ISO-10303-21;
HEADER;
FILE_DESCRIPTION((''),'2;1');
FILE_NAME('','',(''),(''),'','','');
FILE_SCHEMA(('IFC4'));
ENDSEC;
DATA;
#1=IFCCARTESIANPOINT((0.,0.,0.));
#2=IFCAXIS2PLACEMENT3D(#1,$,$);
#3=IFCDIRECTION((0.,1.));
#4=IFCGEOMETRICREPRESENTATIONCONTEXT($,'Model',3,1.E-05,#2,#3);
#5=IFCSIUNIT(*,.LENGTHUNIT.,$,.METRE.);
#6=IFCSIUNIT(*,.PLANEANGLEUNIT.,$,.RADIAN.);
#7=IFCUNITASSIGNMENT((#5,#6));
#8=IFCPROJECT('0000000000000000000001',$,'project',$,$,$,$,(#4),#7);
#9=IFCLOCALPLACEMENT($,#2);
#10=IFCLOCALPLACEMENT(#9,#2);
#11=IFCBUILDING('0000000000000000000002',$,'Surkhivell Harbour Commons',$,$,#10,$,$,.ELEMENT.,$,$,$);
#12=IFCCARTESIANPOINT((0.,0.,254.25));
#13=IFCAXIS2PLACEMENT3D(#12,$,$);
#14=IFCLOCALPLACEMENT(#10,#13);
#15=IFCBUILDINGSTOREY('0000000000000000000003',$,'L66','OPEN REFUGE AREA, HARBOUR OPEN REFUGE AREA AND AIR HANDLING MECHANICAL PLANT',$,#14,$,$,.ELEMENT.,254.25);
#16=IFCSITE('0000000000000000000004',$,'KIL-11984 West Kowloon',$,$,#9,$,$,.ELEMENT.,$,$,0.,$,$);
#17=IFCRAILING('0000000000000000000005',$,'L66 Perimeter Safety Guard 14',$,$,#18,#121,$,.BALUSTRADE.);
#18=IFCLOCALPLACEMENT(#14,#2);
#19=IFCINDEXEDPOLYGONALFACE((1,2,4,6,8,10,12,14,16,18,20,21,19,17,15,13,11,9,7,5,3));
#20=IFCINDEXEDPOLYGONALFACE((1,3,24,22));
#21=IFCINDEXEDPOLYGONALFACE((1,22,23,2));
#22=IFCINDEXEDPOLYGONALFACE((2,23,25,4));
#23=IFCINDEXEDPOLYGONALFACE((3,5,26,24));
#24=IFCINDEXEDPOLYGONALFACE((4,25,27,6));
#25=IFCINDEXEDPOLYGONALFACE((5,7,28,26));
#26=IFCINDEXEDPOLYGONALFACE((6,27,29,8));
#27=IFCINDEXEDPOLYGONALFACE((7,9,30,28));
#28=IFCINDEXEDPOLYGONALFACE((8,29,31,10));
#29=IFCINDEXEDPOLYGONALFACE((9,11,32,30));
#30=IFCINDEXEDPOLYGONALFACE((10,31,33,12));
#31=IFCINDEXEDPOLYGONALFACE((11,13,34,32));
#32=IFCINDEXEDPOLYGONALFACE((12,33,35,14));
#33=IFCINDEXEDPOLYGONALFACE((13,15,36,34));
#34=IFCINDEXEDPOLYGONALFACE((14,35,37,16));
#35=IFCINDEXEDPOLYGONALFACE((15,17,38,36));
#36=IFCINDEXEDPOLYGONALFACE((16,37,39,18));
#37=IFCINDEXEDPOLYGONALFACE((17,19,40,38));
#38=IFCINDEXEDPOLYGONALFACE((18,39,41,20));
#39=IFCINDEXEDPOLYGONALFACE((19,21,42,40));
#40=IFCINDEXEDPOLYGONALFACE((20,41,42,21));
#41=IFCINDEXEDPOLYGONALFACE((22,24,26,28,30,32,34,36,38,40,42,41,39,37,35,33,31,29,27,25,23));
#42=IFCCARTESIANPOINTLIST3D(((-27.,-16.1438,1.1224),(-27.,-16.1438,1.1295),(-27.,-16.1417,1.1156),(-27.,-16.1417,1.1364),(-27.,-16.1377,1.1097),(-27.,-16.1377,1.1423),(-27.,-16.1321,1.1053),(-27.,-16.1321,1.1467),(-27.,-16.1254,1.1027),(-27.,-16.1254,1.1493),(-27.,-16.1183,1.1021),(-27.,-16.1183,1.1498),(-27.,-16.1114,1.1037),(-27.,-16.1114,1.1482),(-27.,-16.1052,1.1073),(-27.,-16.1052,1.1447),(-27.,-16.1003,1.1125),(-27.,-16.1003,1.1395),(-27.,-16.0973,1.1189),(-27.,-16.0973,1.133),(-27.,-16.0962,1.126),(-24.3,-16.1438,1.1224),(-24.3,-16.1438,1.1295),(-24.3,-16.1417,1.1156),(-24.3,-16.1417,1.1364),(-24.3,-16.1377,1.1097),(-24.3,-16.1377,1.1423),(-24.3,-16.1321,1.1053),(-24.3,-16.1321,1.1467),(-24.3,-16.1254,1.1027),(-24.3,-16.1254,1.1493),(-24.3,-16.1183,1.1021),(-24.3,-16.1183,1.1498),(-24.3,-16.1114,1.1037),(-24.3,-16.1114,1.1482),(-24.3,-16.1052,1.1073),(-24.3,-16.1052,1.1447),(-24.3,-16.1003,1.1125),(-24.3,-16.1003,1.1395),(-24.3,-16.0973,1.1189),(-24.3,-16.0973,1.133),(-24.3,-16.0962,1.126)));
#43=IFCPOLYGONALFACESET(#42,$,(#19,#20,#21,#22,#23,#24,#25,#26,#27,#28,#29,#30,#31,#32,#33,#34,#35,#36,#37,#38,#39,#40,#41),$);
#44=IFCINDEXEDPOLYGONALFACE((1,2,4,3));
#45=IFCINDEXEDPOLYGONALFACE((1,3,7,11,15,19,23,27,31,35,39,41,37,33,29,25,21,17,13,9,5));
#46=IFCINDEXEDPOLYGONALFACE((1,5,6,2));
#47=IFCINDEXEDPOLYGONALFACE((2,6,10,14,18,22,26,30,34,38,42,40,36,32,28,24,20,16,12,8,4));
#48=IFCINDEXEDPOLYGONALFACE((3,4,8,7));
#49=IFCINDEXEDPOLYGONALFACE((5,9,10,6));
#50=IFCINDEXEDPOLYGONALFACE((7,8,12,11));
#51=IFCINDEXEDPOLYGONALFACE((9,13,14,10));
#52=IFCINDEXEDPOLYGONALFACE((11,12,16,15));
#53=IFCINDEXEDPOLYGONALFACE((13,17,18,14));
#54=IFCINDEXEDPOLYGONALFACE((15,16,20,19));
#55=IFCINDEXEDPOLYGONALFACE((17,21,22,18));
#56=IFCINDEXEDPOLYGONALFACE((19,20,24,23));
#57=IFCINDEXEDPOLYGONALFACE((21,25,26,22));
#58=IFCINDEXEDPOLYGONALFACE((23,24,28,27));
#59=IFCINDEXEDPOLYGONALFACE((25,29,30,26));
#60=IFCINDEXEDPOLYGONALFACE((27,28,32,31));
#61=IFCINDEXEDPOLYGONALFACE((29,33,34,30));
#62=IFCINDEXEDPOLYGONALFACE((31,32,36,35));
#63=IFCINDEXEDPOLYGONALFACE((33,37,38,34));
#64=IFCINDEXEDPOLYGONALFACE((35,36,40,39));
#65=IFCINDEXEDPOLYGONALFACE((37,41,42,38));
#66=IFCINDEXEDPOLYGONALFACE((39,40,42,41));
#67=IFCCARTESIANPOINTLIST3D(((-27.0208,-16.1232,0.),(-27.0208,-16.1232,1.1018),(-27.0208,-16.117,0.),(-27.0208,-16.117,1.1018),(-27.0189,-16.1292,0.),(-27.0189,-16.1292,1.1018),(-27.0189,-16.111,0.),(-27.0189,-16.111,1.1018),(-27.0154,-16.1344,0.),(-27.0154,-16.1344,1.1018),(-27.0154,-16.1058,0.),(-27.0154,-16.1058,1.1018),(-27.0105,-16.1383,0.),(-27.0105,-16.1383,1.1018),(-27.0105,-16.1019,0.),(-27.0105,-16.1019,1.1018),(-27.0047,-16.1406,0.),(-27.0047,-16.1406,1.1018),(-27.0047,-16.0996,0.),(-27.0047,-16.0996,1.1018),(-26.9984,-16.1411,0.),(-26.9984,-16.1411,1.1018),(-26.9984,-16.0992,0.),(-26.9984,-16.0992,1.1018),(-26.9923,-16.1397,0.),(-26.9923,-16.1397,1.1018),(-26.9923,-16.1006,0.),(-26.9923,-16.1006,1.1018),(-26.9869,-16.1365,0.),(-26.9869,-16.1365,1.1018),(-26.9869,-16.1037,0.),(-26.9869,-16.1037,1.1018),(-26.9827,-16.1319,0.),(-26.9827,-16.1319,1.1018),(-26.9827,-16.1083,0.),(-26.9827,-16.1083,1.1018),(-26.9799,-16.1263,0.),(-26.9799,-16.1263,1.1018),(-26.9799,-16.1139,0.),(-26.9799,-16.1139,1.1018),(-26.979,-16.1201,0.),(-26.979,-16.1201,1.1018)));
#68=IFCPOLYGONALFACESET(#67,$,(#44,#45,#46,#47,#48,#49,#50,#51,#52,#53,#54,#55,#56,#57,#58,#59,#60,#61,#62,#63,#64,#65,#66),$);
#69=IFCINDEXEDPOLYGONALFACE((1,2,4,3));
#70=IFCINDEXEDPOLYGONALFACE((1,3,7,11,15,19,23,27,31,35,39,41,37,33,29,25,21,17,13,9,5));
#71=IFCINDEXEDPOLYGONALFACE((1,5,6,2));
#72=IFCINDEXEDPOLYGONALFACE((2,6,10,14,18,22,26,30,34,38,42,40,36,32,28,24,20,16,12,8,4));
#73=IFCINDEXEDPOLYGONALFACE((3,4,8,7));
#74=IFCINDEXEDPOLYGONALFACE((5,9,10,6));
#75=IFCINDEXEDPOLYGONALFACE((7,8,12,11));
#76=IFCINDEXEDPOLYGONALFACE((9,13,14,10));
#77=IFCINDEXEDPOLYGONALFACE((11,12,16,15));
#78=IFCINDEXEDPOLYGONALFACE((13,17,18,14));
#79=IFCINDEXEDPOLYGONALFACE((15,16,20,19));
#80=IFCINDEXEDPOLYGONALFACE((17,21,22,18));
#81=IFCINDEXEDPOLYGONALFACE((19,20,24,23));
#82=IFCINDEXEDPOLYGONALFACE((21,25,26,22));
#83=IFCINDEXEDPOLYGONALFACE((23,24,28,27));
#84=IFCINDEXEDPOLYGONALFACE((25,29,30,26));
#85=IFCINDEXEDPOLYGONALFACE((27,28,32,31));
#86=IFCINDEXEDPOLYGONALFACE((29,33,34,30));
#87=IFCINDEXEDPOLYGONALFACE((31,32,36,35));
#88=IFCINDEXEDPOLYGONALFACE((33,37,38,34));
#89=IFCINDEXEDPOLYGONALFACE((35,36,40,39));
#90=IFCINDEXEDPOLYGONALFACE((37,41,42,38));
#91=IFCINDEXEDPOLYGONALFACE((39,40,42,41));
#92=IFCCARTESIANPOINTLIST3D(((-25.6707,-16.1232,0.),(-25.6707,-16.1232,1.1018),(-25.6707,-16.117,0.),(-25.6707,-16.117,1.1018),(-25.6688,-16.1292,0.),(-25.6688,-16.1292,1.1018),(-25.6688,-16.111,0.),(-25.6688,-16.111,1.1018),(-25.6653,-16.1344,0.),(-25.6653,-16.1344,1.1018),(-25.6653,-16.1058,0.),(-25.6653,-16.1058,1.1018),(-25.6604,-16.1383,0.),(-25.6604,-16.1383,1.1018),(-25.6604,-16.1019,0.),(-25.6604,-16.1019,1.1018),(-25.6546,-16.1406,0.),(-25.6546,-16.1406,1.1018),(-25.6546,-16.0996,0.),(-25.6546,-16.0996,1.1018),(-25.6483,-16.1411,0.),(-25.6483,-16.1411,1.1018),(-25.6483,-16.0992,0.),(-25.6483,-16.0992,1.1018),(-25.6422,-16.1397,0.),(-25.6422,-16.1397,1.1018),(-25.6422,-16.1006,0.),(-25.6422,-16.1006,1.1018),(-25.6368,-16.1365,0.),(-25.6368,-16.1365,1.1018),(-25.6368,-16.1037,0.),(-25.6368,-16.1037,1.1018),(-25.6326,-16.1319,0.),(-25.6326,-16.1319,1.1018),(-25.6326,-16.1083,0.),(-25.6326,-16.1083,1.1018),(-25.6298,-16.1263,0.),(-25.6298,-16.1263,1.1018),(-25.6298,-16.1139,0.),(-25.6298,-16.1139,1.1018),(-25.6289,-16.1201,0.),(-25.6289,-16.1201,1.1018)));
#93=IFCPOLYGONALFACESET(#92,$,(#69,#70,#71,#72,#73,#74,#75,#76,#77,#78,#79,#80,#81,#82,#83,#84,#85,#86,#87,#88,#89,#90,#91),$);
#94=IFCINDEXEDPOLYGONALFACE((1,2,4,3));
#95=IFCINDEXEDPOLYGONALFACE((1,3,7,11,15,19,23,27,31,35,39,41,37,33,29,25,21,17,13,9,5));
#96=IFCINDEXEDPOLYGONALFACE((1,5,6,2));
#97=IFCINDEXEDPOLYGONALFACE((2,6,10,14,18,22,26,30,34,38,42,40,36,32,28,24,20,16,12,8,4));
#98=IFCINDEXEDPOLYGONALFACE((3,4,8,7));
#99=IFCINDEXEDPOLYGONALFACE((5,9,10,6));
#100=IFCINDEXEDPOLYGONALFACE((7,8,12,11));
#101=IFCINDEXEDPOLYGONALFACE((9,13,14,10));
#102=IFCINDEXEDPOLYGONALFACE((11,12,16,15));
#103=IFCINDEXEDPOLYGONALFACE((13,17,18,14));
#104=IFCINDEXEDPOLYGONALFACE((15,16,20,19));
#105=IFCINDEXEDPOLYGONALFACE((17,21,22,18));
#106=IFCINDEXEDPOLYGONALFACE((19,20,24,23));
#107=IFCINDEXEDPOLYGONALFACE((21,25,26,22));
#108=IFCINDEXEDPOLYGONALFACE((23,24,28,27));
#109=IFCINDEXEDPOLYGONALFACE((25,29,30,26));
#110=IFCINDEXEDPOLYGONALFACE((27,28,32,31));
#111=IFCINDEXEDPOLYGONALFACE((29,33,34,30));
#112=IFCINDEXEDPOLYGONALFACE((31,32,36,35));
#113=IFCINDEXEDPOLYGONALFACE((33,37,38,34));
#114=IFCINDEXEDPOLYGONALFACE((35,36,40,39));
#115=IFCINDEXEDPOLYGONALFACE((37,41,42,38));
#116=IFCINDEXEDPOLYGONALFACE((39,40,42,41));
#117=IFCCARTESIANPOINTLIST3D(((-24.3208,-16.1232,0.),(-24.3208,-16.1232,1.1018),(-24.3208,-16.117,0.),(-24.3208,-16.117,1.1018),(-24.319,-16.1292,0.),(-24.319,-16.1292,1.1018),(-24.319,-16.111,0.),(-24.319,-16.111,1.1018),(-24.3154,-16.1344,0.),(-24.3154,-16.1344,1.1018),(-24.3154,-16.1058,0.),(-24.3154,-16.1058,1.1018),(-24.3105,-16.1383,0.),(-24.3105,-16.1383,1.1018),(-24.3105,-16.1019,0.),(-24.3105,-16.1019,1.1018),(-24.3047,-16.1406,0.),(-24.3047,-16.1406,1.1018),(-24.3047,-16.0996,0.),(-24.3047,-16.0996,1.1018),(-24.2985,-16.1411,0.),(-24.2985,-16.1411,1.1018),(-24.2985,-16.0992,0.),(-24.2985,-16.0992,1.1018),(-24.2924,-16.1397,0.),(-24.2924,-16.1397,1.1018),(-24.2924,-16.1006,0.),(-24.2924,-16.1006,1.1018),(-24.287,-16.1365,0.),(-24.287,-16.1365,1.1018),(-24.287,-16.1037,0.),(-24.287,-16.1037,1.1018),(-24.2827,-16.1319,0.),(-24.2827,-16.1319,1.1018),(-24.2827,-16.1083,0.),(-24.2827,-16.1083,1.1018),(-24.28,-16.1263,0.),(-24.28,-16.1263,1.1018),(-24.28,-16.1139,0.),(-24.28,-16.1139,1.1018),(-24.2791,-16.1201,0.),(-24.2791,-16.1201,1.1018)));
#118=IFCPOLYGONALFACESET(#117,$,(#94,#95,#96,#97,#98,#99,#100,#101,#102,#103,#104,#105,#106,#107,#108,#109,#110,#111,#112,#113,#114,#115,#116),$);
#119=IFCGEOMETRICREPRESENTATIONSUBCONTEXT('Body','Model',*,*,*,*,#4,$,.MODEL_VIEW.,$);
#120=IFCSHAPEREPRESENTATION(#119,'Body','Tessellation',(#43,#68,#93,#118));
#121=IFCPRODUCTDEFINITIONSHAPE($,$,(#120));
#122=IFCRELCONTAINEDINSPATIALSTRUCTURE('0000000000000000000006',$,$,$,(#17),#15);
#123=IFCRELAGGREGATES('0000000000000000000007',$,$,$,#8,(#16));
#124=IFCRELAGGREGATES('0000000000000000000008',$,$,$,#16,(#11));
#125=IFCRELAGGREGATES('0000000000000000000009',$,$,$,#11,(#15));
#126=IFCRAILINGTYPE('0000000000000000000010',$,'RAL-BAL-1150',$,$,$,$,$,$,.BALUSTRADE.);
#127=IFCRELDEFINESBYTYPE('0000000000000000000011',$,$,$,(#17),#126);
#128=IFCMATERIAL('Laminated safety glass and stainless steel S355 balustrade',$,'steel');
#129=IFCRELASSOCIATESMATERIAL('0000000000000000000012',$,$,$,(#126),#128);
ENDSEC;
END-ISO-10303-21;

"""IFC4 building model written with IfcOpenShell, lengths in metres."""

from ifc_helpers import new_model, si_unit, direction, frame, origin, origin_2d, place, context, subcontext, project, spatial, circle, extrude, material, type_object, element, save


model = new_model("IFC4")

# Units and contexts
model_context = context("Model", 3, precision=1e-05, world=origin(), true_north=direction((0.0, 1.0)))
body_context = subcontext(model_context, "Body", "Model", "MODEL_VIEW")
ifc_project = project(units=[si_unit("LENGTHUNIT", "METRE"), si_unit("PLANEANGLEUNIT", "RADIAN")], contexts=[model_context])

# Site, building, storey
site_placement = place(None, origin())
site = spatial("IfcSite", under=ifc_project, at=site_placement, Name="KIL-11984 West Kowloon", CompositionType="ELEMENT", RefElevation=0.0)
building_placement = place(site_placement, origin())
building = spatial("IfcBuilding", under=site, at=building_placement, Name="Surkhivell Harbour Commons", CompositionType="ELEMENT")
storey_placement = place(building_placement, frame((0.0, 0.0, 254.25)))
storey = spatial("IfcBuildingStorey", under=building, at=storey_placement, Name="L66", Description="OPEN REFUGE AREA, HARBOUR OPEN REFUGE AREA AND AIR HANDLING MECHANICAL PLANT", CompositionType="ELEMENT", Elevation=254.25)

# Railing
ifc_material_1 = material(Name="Laminated safety glass and stainless steel S355 balustrade", Category="steel")
railing_type = type_object("IfcRailingType", Name="RAL-BAL-1150", PredefinedType="BALUSTRADE", material=ifc_material_1)
railing_1_placement = place(storey_placement, frame((-27.0, -16.1201, 0.0)))
element("IfcRailing", 1, at=railing_1_placement, inside=storey, type_object=railing_type, Name="L66 Perimeter Safety Guard 14", PredefinedType="BALUSTRADE", context=body_context, shape_type="SweptSolid", body=[
    extrude(circle(Radius=0.0239, at=origin_2d()), frame((0.0, 0.0, 1.126), z_axis=(1.0, 0.0, 0.0), x_axis=(0.0, 1.0, 0.0)), (0.0, 0.0, 1.0), 2.7),
    extrude(circle(Radius=0.021, at=origin_2d()), origin(), (0.0, 0.0, 1.0), 1.1018),
    extrude(circle(Radius=0.021, at=origin_2d()), frame((1.3501, 0.0, 0.0)), (0.0, 0.0, 1.0), 1.1018),
    extrude(circle(Radius=0.021, at=origin_2d()), frame((2.7, 0.0, 0.0)), (0.0, 0.0, 1.0), 1.1018),
])

save(model, "model.ifc")
